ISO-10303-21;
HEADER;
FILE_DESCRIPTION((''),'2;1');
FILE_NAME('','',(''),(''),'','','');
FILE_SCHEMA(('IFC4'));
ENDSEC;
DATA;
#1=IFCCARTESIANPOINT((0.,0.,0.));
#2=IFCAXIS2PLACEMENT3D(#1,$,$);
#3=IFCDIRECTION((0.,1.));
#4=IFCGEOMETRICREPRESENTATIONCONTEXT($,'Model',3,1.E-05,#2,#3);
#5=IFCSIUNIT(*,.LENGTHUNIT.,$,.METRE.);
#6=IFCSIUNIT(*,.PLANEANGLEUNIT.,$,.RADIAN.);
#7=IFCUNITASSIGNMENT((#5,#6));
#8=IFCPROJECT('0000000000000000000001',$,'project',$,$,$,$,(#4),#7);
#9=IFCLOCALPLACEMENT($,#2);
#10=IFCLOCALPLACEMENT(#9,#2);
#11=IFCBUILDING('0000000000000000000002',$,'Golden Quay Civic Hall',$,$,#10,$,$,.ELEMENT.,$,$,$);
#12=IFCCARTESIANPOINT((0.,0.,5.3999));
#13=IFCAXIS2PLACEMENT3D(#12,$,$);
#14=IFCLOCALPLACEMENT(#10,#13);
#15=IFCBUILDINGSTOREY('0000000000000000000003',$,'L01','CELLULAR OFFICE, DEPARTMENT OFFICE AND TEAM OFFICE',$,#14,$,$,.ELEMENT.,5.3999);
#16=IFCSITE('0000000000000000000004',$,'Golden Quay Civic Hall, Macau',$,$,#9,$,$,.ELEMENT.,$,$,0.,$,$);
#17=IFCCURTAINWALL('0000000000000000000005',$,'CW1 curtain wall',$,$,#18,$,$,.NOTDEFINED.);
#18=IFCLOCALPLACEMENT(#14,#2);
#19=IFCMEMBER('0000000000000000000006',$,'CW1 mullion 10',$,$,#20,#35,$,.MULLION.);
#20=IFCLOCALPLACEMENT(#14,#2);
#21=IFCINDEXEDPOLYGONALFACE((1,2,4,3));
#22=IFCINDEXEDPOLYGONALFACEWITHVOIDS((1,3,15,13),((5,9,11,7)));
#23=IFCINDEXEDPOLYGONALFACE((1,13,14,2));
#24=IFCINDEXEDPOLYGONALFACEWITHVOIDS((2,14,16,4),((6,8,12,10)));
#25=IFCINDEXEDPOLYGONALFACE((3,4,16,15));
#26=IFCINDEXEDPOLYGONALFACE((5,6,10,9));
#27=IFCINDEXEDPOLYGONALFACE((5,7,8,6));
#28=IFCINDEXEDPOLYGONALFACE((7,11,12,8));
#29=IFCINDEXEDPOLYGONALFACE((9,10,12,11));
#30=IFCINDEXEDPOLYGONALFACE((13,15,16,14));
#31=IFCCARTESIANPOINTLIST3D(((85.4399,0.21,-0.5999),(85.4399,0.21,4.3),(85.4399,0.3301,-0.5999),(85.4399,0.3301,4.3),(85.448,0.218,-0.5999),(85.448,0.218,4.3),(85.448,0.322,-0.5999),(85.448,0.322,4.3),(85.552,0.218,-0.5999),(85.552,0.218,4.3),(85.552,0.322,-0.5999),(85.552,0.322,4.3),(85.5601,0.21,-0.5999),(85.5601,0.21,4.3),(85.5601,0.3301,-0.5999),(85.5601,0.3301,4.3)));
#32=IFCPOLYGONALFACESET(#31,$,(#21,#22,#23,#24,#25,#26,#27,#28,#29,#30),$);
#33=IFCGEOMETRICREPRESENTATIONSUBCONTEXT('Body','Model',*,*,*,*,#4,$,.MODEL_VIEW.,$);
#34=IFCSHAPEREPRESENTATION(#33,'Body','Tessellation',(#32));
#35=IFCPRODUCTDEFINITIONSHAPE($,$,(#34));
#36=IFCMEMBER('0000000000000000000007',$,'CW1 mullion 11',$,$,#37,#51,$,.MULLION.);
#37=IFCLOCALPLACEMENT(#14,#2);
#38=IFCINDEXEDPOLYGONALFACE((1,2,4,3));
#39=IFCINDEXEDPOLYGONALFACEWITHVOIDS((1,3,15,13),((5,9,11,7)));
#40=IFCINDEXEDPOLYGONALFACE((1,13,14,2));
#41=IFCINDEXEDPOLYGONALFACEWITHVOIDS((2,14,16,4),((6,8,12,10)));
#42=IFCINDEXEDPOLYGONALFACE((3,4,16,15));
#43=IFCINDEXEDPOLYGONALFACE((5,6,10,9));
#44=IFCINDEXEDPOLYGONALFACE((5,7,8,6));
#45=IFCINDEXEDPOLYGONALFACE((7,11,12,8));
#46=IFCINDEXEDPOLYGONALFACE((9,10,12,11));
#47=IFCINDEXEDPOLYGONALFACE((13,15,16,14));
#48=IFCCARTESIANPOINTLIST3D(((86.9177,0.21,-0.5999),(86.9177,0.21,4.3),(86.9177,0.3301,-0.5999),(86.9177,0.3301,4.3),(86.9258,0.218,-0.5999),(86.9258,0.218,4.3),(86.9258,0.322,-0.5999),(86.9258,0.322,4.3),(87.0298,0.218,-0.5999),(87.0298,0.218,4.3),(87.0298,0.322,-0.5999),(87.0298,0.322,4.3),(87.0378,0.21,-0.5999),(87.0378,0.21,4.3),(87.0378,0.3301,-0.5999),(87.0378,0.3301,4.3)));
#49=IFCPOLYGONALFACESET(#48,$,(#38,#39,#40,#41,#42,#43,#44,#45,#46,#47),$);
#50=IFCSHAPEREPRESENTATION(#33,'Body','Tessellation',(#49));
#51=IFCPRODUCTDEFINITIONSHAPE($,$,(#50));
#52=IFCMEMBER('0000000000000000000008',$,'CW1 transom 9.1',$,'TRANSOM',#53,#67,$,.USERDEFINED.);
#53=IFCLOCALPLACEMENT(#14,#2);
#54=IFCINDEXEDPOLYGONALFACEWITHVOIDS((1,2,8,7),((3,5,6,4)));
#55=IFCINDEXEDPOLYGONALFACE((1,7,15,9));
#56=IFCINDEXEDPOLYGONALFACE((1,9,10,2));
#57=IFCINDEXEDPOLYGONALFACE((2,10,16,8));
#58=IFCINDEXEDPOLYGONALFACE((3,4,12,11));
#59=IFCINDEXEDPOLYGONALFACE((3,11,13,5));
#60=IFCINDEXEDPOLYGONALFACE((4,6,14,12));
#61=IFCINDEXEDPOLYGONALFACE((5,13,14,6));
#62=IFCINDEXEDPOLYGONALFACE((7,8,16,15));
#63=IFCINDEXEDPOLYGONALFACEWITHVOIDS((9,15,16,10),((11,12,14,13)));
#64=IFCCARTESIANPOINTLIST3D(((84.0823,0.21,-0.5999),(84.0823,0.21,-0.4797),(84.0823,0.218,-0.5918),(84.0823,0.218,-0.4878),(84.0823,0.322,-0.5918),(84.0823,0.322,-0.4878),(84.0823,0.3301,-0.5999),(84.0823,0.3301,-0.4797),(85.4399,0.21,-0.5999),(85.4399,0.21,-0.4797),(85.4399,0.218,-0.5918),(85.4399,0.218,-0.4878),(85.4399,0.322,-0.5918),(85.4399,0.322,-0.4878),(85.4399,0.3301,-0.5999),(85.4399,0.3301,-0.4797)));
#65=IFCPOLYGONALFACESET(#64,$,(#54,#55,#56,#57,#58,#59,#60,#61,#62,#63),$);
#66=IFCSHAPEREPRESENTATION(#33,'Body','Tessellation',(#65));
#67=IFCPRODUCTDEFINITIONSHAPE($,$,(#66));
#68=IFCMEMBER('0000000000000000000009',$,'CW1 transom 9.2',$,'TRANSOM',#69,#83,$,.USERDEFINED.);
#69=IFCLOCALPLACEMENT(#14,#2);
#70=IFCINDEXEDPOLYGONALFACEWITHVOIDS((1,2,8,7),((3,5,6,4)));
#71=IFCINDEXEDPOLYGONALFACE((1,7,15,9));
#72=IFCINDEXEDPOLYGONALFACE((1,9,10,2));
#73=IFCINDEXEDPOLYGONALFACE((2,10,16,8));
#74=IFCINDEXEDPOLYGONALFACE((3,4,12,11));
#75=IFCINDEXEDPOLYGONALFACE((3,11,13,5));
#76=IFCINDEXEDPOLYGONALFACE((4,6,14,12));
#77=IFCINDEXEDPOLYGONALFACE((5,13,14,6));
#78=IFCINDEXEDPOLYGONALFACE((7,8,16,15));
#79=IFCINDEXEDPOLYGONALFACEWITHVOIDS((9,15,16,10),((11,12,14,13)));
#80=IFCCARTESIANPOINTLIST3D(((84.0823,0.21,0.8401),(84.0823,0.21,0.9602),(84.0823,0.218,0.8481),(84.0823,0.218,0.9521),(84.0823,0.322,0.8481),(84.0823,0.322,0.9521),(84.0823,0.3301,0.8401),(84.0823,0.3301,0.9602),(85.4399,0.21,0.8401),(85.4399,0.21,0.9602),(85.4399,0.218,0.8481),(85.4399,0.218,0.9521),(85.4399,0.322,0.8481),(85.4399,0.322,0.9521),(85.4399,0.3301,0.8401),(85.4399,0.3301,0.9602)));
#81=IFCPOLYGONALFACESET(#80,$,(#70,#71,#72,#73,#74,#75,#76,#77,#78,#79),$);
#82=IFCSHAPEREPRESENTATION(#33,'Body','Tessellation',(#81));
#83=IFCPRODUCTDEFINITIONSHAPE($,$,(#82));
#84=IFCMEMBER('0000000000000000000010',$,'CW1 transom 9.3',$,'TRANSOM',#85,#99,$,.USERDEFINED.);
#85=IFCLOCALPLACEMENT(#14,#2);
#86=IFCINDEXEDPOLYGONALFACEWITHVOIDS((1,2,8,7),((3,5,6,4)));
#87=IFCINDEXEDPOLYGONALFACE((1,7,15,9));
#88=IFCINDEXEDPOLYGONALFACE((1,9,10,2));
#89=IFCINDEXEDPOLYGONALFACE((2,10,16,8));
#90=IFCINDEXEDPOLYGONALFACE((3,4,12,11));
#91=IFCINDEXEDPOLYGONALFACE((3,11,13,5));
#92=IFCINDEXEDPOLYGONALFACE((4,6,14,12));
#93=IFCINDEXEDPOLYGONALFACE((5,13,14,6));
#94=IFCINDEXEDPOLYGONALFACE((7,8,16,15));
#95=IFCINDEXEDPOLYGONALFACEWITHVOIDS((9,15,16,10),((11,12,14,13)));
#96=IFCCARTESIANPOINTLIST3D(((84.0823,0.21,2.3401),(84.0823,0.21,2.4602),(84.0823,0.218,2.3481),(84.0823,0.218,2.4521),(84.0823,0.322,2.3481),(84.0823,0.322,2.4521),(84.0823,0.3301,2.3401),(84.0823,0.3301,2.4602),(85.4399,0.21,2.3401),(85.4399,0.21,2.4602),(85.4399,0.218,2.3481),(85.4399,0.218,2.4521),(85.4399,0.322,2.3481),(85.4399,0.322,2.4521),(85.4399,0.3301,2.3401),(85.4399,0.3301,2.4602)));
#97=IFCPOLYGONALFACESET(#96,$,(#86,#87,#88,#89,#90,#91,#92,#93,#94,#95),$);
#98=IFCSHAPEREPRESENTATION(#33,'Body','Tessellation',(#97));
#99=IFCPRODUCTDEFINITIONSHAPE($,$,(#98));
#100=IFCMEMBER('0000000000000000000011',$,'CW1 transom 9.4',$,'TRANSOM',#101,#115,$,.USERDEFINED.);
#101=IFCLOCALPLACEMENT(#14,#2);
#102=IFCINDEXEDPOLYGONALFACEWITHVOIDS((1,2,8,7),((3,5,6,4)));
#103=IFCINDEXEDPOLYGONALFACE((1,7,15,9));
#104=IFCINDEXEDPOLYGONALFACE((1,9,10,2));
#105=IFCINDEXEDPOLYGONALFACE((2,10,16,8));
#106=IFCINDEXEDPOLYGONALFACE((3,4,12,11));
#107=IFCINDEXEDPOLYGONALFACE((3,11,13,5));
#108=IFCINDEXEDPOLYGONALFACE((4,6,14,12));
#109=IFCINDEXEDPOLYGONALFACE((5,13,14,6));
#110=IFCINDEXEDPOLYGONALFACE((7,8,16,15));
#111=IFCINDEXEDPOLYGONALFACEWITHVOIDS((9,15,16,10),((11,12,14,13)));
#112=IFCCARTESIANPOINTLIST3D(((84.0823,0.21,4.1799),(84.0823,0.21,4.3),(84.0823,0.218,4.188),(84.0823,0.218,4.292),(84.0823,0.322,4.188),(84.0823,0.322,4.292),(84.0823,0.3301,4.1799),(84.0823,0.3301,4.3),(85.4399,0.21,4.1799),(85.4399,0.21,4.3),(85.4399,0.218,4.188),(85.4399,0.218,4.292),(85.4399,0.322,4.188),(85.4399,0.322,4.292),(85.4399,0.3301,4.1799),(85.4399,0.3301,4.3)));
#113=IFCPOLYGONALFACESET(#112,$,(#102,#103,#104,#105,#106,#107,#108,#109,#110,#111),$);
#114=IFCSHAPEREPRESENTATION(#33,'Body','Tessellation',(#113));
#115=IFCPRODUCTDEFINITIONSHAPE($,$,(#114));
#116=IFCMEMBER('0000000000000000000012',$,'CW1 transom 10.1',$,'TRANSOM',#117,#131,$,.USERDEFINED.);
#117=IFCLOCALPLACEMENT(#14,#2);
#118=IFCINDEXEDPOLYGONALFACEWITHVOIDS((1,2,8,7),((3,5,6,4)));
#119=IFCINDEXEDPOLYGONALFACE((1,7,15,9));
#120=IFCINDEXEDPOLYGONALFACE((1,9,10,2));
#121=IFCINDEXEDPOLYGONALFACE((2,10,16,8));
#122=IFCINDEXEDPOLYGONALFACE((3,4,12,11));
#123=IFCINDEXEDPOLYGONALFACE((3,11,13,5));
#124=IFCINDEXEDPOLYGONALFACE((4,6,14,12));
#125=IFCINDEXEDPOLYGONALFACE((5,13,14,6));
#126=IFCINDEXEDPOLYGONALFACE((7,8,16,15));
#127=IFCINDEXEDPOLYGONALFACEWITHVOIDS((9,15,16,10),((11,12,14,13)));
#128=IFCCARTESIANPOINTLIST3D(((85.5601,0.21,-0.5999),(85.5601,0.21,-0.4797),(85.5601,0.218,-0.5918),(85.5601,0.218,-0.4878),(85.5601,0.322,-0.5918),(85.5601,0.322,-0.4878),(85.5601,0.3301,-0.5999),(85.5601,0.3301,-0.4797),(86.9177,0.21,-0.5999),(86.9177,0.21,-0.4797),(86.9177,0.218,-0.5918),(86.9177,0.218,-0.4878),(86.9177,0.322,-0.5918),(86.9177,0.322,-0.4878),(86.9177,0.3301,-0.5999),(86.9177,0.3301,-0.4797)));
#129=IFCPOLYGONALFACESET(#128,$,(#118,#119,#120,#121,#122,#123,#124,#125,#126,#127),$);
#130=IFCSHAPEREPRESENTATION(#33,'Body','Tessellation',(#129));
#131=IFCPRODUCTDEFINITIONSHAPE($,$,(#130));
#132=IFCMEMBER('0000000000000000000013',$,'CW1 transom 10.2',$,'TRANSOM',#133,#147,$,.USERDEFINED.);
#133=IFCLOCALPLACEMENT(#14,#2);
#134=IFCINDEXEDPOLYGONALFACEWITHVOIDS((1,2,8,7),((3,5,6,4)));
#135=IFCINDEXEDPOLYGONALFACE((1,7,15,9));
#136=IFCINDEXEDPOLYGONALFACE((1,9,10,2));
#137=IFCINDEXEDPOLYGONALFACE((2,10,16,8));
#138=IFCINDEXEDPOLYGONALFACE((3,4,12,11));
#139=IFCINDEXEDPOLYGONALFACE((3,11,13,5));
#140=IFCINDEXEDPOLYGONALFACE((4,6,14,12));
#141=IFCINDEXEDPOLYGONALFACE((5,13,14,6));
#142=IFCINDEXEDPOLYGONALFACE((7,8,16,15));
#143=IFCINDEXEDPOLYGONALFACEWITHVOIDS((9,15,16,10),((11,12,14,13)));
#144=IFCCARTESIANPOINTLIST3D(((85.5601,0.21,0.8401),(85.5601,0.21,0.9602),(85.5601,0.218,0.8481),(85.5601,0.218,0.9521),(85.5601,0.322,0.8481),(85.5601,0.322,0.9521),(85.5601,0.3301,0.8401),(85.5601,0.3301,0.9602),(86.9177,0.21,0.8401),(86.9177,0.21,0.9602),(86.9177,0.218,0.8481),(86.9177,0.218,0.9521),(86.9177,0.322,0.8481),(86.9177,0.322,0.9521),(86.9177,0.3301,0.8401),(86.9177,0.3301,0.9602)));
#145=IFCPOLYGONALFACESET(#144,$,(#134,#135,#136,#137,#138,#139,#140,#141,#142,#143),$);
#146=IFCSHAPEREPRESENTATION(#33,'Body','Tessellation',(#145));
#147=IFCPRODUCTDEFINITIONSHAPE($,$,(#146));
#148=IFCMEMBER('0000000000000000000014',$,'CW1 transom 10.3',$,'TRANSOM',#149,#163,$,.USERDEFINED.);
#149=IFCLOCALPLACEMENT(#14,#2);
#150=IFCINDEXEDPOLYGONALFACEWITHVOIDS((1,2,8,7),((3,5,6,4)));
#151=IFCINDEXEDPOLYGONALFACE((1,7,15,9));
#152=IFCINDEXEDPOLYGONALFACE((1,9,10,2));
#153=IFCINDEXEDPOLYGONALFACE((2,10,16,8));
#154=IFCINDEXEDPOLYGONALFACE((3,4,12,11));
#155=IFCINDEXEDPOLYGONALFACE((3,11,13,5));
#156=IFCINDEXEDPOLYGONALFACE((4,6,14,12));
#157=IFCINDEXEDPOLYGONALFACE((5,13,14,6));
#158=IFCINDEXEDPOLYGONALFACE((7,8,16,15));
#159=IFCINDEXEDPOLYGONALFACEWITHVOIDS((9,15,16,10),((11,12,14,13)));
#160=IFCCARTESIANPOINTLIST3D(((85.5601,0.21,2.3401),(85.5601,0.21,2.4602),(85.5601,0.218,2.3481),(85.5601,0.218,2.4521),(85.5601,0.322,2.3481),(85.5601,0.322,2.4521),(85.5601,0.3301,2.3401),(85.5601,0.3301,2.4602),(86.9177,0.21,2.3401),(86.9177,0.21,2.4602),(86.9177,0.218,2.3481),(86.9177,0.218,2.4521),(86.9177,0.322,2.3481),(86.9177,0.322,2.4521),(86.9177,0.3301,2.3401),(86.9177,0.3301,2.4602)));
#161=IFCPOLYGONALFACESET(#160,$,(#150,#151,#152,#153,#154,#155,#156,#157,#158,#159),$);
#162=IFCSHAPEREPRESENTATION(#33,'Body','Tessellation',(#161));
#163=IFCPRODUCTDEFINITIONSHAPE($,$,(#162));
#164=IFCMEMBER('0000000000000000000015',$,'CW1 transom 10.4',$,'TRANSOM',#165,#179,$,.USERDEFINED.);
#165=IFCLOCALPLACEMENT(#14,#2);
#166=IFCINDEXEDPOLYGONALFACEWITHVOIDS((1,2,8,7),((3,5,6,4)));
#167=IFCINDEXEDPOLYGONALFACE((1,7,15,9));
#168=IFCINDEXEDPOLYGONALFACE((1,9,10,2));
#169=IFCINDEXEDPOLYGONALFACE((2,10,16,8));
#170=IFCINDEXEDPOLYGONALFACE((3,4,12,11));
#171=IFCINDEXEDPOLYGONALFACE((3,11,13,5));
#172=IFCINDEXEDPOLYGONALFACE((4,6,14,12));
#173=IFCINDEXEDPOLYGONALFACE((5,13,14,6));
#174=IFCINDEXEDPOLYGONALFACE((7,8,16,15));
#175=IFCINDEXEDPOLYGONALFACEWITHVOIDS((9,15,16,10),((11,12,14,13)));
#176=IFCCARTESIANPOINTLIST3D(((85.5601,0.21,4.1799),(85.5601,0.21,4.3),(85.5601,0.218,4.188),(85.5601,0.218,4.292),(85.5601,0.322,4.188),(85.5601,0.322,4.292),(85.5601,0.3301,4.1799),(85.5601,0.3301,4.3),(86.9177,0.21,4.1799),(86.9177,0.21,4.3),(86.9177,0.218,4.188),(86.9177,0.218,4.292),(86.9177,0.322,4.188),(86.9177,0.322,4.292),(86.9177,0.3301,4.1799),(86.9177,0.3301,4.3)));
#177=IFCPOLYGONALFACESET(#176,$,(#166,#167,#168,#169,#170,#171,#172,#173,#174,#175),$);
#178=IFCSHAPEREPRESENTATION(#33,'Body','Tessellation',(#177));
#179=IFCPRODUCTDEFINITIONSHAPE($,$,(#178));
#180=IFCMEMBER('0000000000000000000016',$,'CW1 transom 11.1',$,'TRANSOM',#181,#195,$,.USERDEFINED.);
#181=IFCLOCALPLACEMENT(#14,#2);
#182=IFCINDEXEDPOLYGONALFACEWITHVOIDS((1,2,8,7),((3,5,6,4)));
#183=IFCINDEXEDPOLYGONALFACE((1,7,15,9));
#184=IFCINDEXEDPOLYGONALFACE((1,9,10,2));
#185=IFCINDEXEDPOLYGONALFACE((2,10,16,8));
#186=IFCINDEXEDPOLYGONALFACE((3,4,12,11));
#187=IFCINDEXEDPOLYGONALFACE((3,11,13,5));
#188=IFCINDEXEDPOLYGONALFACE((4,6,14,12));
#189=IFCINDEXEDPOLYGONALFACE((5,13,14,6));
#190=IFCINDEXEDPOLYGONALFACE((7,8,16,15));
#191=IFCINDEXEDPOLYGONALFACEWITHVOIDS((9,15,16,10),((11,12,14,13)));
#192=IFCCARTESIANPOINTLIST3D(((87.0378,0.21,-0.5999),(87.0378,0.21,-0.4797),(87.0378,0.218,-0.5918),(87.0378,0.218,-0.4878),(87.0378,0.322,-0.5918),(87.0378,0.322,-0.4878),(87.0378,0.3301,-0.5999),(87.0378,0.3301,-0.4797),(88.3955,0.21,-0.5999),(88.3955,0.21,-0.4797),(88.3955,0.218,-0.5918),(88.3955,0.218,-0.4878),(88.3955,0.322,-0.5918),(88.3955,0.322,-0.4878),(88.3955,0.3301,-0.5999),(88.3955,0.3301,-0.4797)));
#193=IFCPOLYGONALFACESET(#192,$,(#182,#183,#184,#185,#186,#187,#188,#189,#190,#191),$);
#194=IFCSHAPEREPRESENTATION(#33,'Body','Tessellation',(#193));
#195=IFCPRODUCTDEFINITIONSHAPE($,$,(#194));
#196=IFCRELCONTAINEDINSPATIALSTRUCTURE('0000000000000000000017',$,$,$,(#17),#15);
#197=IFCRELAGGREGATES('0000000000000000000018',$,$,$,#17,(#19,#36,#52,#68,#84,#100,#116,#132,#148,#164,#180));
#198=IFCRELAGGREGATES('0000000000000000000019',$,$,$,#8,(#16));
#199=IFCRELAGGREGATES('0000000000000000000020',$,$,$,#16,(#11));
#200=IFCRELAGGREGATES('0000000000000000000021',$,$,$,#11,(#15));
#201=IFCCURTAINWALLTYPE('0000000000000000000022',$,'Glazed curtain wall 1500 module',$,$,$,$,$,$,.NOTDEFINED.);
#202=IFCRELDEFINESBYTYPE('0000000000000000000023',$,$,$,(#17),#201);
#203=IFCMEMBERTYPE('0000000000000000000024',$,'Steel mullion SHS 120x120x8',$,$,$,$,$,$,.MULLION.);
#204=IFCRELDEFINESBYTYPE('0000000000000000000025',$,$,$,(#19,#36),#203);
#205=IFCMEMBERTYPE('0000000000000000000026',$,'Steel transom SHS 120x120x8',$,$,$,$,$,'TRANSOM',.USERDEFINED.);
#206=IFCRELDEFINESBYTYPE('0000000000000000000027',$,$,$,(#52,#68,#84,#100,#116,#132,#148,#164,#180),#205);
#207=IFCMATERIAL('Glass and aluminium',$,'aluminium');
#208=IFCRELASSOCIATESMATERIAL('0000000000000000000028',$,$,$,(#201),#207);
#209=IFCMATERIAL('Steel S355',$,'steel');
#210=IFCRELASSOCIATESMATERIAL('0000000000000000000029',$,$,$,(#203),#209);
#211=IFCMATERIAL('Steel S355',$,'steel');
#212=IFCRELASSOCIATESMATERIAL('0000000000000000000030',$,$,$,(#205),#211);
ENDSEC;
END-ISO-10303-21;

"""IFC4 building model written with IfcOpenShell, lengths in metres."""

from ifc_helpers import new_model, si_unit, direction, frame, origin, origin_2d, place, context, subcontext, project, spatial, hollow_rectangle, extrude, material, material_profile, profile_set, type_object, element, aggregate, save


model = new_model("IFC4")

# Units and contexts
model_context = context("Model", 3, precision=1e-05, world=origin(), true_north=direction((0.0, 1.0)))
body_context = subcontext(model_context, "Body", "Model", "MODEL_VIEW")
ifc_project = project(units=[si_unit("LENGTHUNIT", "METRE"), si_unit("PLANEANGLEUNIT", "RADIAN")], contexts=[model_context])

# Site, building, storey
site_placement = place(None, origin())
site = spatial("IfcSite", under=ifc_project, at=site_placement, Name="Golden Quay Civic Hall, Macau", CompositionType="ELEMENT", RefElevation=0.0)
building_placement = place(site_placement, origin())
building = spatial("IfcBuilding", under=site, at=building_placement, Name="Golden Quay Civic Hall", CompositionType="ELEMENT")
storey_placement = place(building_placement, frame((0.0, 0.0, 5.3999)))
storey = spatial("IfcBuildingStorey", under=building, at=storey_placement, Name="L01", Description="CELLULAR OFFICE, DEPARTMENT OFFICE AND TEAM OFFICE", CompositionType="ELEMENT", Elevation=5.3999)

# Curtain wall, members
ifc_material_1 = material(Name="Glass and aluminium", Category="aluminium")
curtain_wall_type = type_object("IfcCurtainWallType", Name="Glazed curtain wall 1500 module", PredefinedType="NOTDEFINED", material=ifc_material_1)
curtain_wall_placement = place(storey_placement, origin())
curtain_wall = element("IfcCurtainWall", 1, at=curtain_wall_placement, inside=storey, type_object=curtain_wall_type, Name="CW1 curtain wall", PredefinedType="NOTDEFINED")
ifc_material_2 = material(Name="Steel S355", Category="steel")
ifc_material_profile_1 = material_profile(ifc_material_2, hollow_rectangle(XDim=0.1201, YDim=0.1201, WallThickness=0.0081, at=origin_2d()), Name="SHS 120x120x8")
ifc_profile_set_1 = profile_set([ifc_material_profile_1], Name="Steel S355")
member_type_1 = type_object("IfcMemberType", Name="Steel mullion SHS 120x120x8", PredefinedType="MULLION", material=ifc_profile_set_1)
member_1_placement = place(storey_placement, frame((85.5, 0.27, -0.5999), z_axis=(0.0, 0.0, 1.0), x_axis=(0.0, 1.0, 0.0)))
member_1 = element("IfcMember", 2, at=member_1_placement, type_object=member_type_1, Name="CW1 mullion 10", PredefinedType="MULLION", context=body_context, shape_type="SweptSolid", body=[
    extrude(hollow_rectangle(XDim=0.1201, YDim=0.1201, WallThickness=0.0081, at=origin_2d()), origin(), (0.0, 0.0, 1.0), 4.8999),
])
member_2_placement = place(storey_placement, frame((86.9778, 0.27, -0.5999), z_axis=(0.0, 0.0, 1.0), x_axis=(0.0, 1.0, 0.0)))
member_2 = element("IfcMember", 3, at=member_2_placement, type_object=member_type_1, Name="CW1 mullion 11", PredefinedType="MULLION", context=body_context, shape_type="SweptSolid", body=[
    extrude(hollow_rectangle(XDim=0.1201, YDim=0.1201, WallThickness=0.0081, at=origin_2d()), origin(), (0.0, 0.0, 1.0), 4.8999),
])
ifc_material_3 = material(Name="Steel S355", Category="steel")
ifc_material_profile_2 = material_profile(ifc_material_3, hollow_rectangle(XDim=0.1201, YDim=0.1201, WallThickness=0.0081, at=origin_2d()), Name="SHS 120x120x8")
ifc_profile_set_2 = profile_set([ifc_material_profile_2], Name="Steel S355")
member_type_2 = type_object("IfcMemberType", Name="Steel transom SHS 120x120x8", ElementType="TRANSOM", PredefinedType="USERDEFINED", material=ifc_profile_set_2)
member_3_placement = place(storey_placement, frame((84.0823, 0.27, -0.5398), z_axis=(1.0, 0.0, 0.0), x_axis=(0.0, 1.0, 0.0)))
member_3 = element("IfcMember", 4, at=member_3_placement, type_object=member_type_2, Name="CW1 transom 9.1", ObjectType="TRANSOM", PredefinedType="USERDEFINED", context=body_context, shape_type="SweptSolid", body=[
    extrude(hollow_rectangle(XDim=0.1201, YDim=0.1201, WallThickness=0.0081, at=origin_2d()), origin(), (0.0, 0.0, 1.0), 1.3577),
])
member_4_placement = place(storey_placement, frame((84.0823, 0.27, 0.9001), z_axis=(1.0, 0.0, 0.0), x_axis=(0.0, 1.0, 0.0)))
member_4 = element("IfcMember", 5, at=member_4_placement, type_object=member_type_2, Name="CW1 transom 9.2", ObjectType="TRANSOM", PredefinedType="USERDEFINED", context=body_context, shape_type="SweptSolid", body=[
    extrude(hollow_rectangle(XDim=0.1201, YDim=0.1201, WallThickness=0.0081, at=origin_2d()), origin(), (0.0, 0.0, 1.0), 1.3577),
])
member_5_placement = place(storey_placement, frame((84.0823, 0.27, 2.4001), z_axis=(1.0, 0.0, 0.0), x_axis=(0.0, 1.0, 0.0)))
member_5 = element("IfcMember", 6, at=member_5_placement, type_object=member_type_2, Name="CW1 transom 9.3", ObjectType="TRANSOM", PredefinedType="USERDEFINED", context=body_context, shape_type="SweptSolid", body=[
    extrude(hollow_rectangle(XDim=0.1201, YDim=0.1201, WallThickness=0.0081, at=origin_2d()), origin(), (0.0, 0.0, 1.0), 1.3577),
])
member_6_placement = place(storey_placement, frame((84.0823, 0.27, 4.24), z_axis=(1.0, 0.0, 0.0), x_axis=(0.0, 1.0, 0.0)))
member_6 = element("IfcMember", 7, at=member_6_placement, type_object=member_type_2, Name="CW1 transom 9.4", ObjectType="TRANSOM", PredefinedType="USERDEFINED", context=body_context, shape_type="SweptSolid", body=[
    extrude(hollow_rectangle(XDim=0.1201, YDim=0.1201, WallThickness=0.0081, at=origin_2d()), origin(), (0.0, 0.0, 1.0), 1.3577),
])
member_7_placement = place(storey_placement, frame((85.5601, 0.27, -0.5398), z_axis=(1.0, 0.0, 0.0), x_axis=(0.0, 1.0, 0.0)))
member_7 = element("IfcMember", 8, at=member_7_placement, type_object=member_type_2, Name="CW1 transom 10.1", ObjectType="TRANSOM", PredefinedType="USERDEFINED", context=body_context, shape_type="SweptSolid", body=[
    extrude(hollow_rectangle(XDim=0.1201, YDim=0.1201, WallThickness=0.0081, at=origin_2d()), origin(), (0.0, 0.0, 1.0), 1.3577),
])
member_8_placement = place(storey_placement, frame((85.5601, 0.27, 0.9001), z_axis=(1.0, 0.0, 0.0), x_axis=(0.0, 1.0, 0.0)))
member_8 = element("IfcMember", 9, at=member_8_placement, type_object=member_type_2, Name="CW1 transom 10.2", ObjectType="TRANSOM", PredefinedType="USERDEFINED", context=body_context, shape_type="SweptSolid", body=[
    extrude(hollow_rectangle(XDim=0.1201, YDim=0.1201, WallThickness=0.0081, at=origin_2d()), origin(), (0.0, 0.0, 1.0), 1.3577),
])
member_9_placement = place(storey_placement, frame((85.5601, 0.27, 2.4001), z_axis=(1.0, 0.0, 0.0), x_axis=(0.0, 1.0, 0.0)))
member_9 = element("IfcMember", 10, at=member_9_placement, type_object=member_type_2, Name="CW1 transom 10.3", ObjectType="TRANSOM", PredefinedType="USERDEFINED", context=body_context, shape_type="SweptSolid", body=[
    extrude(hollow_rectangle(XDim=0.1201, YDim=0.1201, WallThickness=0.0081, at=origin_2d()), origin(), (0.0, 0.0, 1.0), 1.3577),
])
member_10_placement = place(storey_placement, frame((85.5601, 0.27, 4.24), z_axis=(1.0, 0.0, 0.0), x_axis=(0.0, 1.0, 0.0)))
member_10 = element("IfcMember", 11, at=member_10_placement, type_object=member_type_2, Name="CW1 transom 10.4", ObjectType="TRANSOM", PredefinedType="USERDEFINED", context=body_context, shape_type="SweptSolid", body=[
    extrude(hollow_rectangle(XDim=0.1201, YDim=0.1201, WallThickness=0.0081, at=origin_2d()), origin(), (0.0, 0.0, 1.0), 1.3577),
])
member_11_placement = place(storey_placement, frame((87.0378, 0.27, -0.5398), z_axis=(1.0, 0.0, 0.0), x_axis=(0.0, 1.0, 0.0)))
member_11 = element("IfcMember", 12, at=member_11_placement, type_object=member_type_2, Name="CW1 transom 11.1", ObjectType="TRANSOM", PredefinedType="USERDEFINED", context=body_context, shape_type="SweptSolid", body=[
    extrude(hollow_rectangle(XDim=0.1201, YDim=0.1201, WallThickness=0.0081, at=origin_2d()), origin(), (0.0, 0.0, 1.0), 1.3577),
])
aggregate(curtain_wall, [member_1, member_2, member_3, member_4, member_5, member_6, member_7, member_8, member_9, member_10, member_11])

save(model, "model.ifc")
